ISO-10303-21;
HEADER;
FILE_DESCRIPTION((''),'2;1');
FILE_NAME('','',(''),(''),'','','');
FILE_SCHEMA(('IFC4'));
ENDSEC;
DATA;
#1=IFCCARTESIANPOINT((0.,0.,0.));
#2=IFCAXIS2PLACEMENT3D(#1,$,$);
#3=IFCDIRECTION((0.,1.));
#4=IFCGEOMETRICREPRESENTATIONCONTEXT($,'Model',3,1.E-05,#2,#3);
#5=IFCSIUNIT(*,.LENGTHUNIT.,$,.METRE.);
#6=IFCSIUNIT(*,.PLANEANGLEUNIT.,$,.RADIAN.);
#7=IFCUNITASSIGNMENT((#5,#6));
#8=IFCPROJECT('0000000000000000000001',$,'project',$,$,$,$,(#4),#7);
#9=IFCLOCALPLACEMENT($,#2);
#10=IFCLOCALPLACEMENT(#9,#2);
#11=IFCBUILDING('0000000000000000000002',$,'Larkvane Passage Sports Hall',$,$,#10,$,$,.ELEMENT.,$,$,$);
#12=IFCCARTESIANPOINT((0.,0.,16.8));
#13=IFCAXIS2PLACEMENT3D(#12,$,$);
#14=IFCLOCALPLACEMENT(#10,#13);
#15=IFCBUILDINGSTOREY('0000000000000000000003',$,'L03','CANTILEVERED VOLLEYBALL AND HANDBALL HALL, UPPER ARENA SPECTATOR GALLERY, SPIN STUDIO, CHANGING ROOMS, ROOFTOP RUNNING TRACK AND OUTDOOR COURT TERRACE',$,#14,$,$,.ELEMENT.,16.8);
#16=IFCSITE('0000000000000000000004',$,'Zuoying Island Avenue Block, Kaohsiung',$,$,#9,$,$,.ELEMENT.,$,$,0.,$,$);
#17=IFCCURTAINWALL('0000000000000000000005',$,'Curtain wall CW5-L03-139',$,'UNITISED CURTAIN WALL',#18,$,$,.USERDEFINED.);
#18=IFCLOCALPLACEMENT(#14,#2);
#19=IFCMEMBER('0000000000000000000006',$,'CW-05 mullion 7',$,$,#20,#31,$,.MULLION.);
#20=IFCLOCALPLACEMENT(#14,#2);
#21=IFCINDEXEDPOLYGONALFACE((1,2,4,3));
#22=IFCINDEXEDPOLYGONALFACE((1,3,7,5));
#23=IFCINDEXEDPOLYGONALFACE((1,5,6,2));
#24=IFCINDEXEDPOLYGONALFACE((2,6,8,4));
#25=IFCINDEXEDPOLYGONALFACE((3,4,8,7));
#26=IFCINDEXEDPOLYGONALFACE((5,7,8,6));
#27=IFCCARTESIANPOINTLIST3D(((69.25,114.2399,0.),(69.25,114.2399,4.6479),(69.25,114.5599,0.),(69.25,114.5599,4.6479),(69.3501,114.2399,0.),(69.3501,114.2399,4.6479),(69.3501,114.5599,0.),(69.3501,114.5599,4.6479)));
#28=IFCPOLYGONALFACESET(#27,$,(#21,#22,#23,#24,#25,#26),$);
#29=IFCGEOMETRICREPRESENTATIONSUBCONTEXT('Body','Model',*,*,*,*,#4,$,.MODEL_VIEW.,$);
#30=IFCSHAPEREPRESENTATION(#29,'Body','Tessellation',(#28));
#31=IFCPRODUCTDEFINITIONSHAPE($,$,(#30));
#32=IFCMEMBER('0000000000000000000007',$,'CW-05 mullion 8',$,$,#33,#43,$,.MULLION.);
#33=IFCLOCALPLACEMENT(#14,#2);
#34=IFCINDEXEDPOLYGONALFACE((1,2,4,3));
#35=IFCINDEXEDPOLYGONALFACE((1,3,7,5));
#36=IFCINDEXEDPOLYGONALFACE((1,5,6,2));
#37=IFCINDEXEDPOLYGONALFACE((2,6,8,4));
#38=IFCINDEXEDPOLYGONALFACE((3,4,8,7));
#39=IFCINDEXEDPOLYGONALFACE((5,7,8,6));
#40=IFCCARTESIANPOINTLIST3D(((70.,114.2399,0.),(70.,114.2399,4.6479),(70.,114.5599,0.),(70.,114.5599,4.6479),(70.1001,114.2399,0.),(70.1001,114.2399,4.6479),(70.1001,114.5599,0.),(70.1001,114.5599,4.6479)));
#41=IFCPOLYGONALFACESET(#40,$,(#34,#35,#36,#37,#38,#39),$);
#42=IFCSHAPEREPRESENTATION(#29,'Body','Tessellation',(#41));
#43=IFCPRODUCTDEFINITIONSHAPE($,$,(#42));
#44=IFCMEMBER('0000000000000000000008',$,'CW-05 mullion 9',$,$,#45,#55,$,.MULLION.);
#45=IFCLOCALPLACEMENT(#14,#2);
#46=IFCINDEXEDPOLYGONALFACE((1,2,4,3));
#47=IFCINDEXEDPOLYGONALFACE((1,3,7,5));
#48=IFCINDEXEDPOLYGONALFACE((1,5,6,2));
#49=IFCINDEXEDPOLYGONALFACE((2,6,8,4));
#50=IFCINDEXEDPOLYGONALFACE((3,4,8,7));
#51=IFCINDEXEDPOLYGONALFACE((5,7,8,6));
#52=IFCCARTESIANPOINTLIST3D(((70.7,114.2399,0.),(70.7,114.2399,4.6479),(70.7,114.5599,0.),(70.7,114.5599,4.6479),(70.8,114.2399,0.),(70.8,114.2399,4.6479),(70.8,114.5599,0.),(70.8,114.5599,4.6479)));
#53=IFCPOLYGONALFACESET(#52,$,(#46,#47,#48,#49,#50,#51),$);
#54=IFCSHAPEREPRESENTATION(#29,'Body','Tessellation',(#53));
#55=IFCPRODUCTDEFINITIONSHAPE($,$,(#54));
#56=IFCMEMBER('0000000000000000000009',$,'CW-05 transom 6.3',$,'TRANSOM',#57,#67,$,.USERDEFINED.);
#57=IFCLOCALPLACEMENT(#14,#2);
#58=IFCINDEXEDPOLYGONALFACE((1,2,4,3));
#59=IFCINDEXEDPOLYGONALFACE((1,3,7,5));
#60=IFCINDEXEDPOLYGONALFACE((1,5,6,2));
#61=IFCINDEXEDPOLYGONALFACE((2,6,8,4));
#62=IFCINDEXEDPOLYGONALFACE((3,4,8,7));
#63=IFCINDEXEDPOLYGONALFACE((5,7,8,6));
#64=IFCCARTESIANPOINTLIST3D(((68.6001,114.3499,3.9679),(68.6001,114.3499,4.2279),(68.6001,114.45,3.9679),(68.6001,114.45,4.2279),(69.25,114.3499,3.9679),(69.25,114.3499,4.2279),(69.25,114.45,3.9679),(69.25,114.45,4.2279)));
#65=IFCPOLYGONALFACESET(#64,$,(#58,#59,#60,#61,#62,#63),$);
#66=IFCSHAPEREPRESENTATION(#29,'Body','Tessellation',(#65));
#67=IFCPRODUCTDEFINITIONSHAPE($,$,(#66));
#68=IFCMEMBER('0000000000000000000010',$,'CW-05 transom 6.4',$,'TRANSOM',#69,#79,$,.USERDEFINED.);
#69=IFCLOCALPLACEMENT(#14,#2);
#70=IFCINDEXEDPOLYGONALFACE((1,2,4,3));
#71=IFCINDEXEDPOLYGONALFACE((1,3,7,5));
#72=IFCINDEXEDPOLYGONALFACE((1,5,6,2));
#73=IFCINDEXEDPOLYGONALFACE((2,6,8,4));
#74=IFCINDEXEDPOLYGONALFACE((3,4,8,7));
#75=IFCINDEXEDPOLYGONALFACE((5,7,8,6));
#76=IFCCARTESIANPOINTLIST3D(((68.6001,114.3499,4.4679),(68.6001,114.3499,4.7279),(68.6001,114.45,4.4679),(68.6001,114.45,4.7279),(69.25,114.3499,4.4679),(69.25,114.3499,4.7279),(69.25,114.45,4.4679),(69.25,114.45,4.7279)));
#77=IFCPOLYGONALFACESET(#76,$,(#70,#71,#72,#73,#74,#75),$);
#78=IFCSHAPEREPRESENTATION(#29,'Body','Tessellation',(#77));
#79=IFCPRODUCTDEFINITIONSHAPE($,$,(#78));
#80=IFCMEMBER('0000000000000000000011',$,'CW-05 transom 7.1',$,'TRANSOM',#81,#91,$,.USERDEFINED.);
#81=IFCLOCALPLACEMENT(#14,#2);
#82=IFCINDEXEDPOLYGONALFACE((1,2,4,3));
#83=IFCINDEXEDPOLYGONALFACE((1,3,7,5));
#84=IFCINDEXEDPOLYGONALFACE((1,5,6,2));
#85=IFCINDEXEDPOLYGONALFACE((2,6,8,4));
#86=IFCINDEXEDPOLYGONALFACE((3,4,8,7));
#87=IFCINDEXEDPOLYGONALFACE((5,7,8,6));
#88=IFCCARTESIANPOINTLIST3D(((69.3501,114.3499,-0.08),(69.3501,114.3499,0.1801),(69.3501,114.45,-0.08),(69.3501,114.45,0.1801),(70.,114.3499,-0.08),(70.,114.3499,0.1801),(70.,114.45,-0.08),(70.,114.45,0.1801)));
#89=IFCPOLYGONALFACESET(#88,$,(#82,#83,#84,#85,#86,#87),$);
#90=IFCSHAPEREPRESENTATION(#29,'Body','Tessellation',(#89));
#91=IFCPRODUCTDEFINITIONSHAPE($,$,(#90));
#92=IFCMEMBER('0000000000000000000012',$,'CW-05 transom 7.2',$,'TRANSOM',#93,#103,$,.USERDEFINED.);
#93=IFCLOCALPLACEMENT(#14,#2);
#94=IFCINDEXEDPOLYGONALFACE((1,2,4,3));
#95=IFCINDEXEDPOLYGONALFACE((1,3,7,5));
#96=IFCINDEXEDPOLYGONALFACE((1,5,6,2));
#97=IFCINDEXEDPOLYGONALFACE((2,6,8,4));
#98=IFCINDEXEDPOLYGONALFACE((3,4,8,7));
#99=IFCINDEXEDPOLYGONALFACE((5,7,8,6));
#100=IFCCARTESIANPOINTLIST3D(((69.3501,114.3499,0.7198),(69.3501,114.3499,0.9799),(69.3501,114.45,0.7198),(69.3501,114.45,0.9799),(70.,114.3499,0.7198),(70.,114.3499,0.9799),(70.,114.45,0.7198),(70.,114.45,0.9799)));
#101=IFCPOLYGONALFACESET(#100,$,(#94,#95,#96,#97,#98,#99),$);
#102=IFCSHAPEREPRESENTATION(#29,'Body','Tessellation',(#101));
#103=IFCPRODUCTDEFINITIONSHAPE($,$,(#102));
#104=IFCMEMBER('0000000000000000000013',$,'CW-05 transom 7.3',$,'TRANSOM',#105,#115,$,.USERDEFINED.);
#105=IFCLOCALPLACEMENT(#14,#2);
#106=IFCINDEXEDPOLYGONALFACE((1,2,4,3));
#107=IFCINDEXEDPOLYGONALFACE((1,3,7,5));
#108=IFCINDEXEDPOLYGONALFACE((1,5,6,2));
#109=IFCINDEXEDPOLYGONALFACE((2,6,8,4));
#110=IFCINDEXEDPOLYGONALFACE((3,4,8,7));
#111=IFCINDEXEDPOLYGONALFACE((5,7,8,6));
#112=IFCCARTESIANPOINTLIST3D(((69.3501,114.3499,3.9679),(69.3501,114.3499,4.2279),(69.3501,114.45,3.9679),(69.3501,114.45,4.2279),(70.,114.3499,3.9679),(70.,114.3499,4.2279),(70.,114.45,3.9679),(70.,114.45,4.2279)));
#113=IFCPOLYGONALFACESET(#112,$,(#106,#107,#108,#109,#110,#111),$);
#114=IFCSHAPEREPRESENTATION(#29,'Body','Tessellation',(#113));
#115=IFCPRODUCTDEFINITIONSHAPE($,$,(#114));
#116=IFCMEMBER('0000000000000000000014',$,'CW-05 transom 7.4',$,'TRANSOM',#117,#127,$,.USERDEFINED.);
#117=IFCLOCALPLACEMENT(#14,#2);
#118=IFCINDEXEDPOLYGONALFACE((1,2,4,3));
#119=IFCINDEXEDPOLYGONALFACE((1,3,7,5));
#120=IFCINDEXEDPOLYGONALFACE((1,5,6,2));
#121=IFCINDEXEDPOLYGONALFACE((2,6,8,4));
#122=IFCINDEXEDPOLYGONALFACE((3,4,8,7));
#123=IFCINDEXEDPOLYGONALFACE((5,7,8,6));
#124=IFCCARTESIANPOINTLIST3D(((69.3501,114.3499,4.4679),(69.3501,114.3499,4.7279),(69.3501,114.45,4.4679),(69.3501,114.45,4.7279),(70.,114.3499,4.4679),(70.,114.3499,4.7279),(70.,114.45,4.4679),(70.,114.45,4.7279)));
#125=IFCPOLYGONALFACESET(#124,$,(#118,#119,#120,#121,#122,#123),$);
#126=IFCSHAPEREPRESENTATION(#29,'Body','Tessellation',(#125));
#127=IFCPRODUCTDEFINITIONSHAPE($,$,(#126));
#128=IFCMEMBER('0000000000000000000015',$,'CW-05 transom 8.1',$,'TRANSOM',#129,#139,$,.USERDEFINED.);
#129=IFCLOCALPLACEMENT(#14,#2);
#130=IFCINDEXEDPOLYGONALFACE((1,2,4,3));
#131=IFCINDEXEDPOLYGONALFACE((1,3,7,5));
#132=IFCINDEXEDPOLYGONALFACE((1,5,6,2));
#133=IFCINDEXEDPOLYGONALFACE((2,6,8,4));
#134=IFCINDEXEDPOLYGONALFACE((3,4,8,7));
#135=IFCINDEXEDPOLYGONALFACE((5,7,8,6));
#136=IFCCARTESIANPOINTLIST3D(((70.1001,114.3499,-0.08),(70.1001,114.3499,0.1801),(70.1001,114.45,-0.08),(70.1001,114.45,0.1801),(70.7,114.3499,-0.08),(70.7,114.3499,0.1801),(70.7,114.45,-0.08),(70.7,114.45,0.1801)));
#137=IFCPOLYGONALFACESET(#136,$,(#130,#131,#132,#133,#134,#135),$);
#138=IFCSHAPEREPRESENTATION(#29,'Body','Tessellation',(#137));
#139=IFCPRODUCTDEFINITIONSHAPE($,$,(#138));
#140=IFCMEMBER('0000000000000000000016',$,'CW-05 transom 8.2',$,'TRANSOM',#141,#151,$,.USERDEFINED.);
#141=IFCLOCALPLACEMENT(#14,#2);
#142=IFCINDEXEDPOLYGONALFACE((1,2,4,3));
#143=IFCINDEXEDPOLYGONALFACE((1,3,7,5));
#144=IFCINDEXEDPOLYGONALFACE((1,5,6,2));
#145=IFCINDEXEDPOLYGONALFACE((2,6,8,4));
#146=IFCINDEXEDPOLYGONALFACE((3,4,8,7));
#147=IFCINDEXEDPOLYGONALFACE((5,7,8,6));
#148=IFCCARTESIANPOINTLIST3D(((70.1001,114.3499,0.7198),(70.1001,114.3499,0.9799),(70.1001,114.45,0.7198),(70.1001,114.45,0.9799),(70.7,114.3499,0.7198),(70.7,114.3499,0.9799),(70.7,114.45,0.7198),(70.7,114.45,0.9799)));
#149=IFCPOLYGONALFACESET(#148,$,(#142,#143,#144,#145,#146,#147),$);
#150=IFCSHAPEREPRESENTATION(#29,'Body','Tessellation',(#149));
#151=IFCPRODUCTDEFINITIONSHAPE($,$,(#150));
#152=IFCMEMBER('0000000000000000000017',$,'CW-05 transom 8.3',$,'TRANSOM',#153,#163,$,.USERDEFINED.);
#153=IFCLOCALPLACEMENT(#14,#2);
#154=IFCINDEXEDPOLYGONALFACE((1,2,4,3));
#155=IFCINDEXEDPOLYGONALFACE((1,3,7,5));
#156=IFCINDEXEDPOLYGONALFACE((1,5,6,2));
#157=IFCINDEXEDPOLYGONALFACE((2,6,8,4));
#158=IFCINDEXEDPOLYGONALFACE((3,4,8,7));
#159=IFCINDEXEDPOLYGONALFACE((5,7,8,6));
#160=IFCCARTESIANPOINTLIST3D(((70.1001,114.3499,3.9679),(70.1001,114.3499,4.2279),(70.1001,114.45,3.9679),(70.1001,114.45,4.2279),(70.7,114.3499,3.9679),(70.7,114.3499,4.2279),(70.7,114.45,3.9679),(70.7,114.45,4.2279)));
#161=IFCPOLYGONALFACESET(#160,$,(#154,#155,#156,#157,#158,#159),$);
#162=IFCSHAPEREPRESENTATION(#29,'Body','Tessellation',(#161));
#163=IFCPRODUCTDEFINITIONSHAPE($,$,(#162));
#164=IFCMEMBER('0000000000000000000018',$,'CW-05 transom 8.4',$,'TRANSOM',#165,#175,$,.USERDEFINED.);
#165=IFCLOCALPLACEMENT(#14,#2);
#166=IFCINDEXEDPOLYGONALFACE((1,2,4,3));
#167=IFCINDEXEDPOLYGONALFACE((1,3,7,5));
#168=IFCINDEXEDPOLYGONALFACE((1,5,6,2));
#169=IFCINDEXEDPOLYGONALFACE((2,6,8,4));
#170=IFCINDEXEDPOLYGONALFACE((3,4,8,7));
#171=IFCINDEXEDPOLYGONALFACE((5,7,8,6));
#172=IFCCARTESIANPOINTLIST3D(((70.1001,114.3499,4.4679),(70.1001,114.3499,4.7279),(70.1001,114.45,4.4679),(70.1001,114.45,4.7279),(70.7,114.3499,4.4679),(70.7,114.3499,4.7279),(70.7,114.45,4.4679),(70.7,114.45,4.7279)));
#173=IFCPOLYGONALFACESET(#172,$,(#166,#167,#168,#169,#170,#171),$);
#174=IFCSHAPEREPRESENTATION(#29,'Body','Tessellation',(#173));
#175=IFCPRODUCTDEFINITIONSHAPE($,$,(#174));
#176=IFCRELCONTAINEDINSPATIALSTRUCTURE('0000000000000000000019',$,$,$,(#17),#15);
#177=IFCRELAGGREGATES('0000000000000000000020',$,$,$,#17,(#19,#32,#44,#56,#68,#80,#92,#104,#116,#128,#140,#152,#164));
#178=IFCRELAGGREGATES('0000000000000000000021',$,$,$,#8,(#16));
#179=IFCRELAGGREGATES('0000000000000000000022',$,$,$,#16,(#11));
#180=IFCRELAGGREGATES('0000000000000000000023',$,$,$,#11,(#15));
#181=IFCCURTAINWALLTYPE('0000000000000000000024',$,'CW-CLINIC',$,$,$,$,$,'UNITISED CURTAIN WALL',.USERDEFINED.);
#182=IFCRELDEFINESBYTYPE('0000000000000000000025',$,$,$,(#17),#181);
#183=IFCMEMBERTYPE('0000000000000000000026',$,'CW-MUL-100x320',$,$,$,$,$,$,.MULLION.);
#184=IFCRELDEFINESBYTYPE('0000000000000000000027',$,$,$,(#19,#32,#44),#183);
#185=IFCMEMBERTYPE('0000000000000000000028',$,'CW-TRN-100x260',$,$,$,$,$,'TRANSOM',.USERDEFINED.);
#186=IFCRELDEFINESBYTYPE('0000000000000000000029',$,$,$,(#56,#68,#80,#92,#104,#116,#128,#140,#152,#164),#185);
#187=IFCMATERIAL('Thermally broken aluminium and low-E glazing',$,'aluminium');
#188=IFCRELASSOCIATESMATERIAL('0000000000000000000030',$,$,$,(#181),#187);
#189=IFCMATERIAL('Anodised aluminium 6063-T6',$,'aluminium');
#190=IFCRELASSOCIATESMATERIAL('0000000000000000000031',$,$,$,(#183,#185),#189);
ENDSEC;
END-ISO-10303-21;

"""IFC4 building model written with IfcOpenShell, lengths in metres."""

from ifc_helpers import new_model, si_unit, direction, frame, origin, origin_2d, place, context, subcontext, project, spatial, rectangle, extrude, material, material_profile, profile_set, type_object, element, aggregate, save


model = new_model("IFC4")

# Units and contexts
model_context = context("Model", 3, precision=1e-05, world=origin(), true_north=direction((0.0, 1.0)))
body_context = subcontext(model_context, "Body", "Model", "MODEL_VIEW")
ifc_project = project(units=[si_unit("LENGTHUNIT", "METRE"), si_unit("PLANEANGLEUNIT", "RADIAN")], contexts=[model_context])

# Site, building, storey
site_placement = place(None, origin())
site = spatial("IfcSite", under=ifc_project, at=site_placement, Name="Zuoying Island Avenue Block, Kaohsiung", CompositionType="ELEMENT", RefElevation=0.0)
building_placement = place(site_placement, origin())
building = spatial("IfcBuilding", under=site, at=building_placement, Name="Larkvane Passage Sports Hall", CompositionType="ELEMENT")
storey_placement = place(building_placement, frame((0.0, 0.0, 16.8)))
storey = spatial("IfcBuildingStorey", under=building, at=storey_placement, Name="L03", Description="CANTILEVERED VOLLEYBALL AND HANDBALL HALL, UPPER ARENA SPECTATOR GALLERY, SPIN STUDIO, CHANGING ROOMS, ROOFTOP RUNNING TRACK AND OUTDOOR COURT TERRACE", CompositionType="ELEMENT", Elevation=16.8)

# Curtain wall, members
ifc_material_1 = material(Name="Thermally broken aluminium and low-E glazing", Category="aluminium")
curtain_wall_type = type_object("IfcCurtainWallType", Name="CW-CLINIC", ElementType="UNITISED CURTAIN WALL", PredefinedType="USERDEFINED", material=ifc_material_1)
curtain_wall_placement = place(storey_placement, origin())
curtain_wall = element("IfcCurtainWall", 1, at=curtain_wall_placement, inside=storey, type_object=curtain_wall_type, Name="Curtain wall CW5-L03-139", ObjectType="UNITISED CURTAIN WALL", PredefinedType="USERDEFINED")
ifc_material_2 = material(Name="Anodised aluminium 6063-T6", Category="aluminium")
ifc_material_profile_1 = material_profile(ifc_material_2, rectangle(XDim=0.1001, YDim=0.3201, at=origin_2d()), Name="ALU-MUL-100x320")
ifc_profile_set_1 = profile_set([ifc_material_profile_1], Name="Anodised aluminium 6063-T6")
member_type_1 = type_object("IfcMemberType", Name="CW-MUL-100x320", PredefinedType="MULLION", material=ifc_profile_set_1)
member_1_placement = place(storey_placement, frame((69.3, 114.3999, 0.0), z_axis=(0.0, 0.0, 1.0), x_axis=(1.0, 0.0, 0.0)))
member_1 = element("IfcMember", 2, at=member_1_placement, type_object=member_type_1, Name="CW-05 mullion 7", PredefinedType="MULLION", context=body_context, shape_type="SweptSolid", body=[
    extrude(rectangle(XDim=0.1001, YDim=0.3201, at=origin_2d()), origin(), (0.0, 0.0, 1.0), 4.6479),
])
member_2_placement = place(storey_placement, frame((70.05, 114.3999, 0.0), z_axis=(0.0, 0.0, 1.0), x_axis=(1.0, 0.0, 0.0)))
member_2 = element("IfcMember", 3, at=member_2_placement, type_object=member_type_1, Name="CW-05 mullion 8", PredefinedType="MULLION", context=body_context, shape_type="SweptSolid", body=[
    extrude(rectangle(XDim=0.1001, YDim=0.3201, at=origin_2d()), origin(), (0.0, 0.0, 1.0), 4.6479),
])
member_3_placement = place(storey_placement, frame((70.75, 114.3999, 0.0), z_axis=(0.0, 0.0, 1.0), x_axis=(1.0, 0.0, 0.0)))
member_3 = element("IfcMember", 4, at=member_3_placement, type_object=member_type_1, Name="CW-05 mullion 9", PredefinedType="MULLION", context=body_context, shape_type="SweptSolid", body=[
    extrude(rectangle(XDim=0.1001, YDim=0.3201, at=origin_2d()), origin(), (0.0, 0.0, 1.0), 4.6479),
])
ifc_material_profile_2 = material_profile(ifc_material_2, rectangle(XDim=0.1001, YDim=0.26, at=origin_2d()), Name="ALU-TRN-100x260")
ifc_profile_set_2 = profile_set([ifc_material_profile_2], Name="Anodised aluminium 6063-T6")
member_type_2 = type_object("IfcMemberType", Name="CW-TRN-100x260", ElementType="TRANSOM", PredefinedType="USERDEFINED", material=ifc_profile_set_2)
member_4_placement = place(storey_placement, frame((68.6001, 114.3999, 4.0979), z_axis=(1.0, 0.0, 0.0), x_axis=(0.0, 1.0, 0.0)))
member_4 = element("IfcMember", 5, at=member_4_placement, type_object=member_type_2, Name="CW-05 transom 6.3", ObjectType="TRANSOM", PredefinedType="USERDEFINED", context=body_context, shape_type="SweptSolid", body=[
    extrude(rectangle(XDim=0.1001, YDim=0.26, at=origin_2d()), origin(), (0.0, 0.0, 1.0), 0.6499),
])
member_5_placement = place(storey_placement, frame((68.6001, 114.3999, 4.5979), z_axis=(1.0, 0.0, 0.0), x_axis=(0.0, 1.0, 0.0)))
member_5 = element("IfcMember", 6, at=member_5_placement, type_object=member_type_2, Name="CW-05 transom 6.4", ObjectType="TRANSOM", PredefinedType="USERDEFINED", context=body_context, shape_type="SweptSolid", body=[
    extrude(rectangle(XDim=0.1001, YDim=0.26, at=origin_2d()), origin(), (0.0, 0.0, 1.0), 0.6499),
])
member_6_placement = place(storey_placement, frame((69.3501, 114.3999, 0.05), z_axis=(1.0, 0.0, 0.0), x_axis=(0.0, 1.0, 0.0)))
member_6 = element("IfcMember", 7, at=member_6_placement, type_object=member_type_2, Name="CW-05 transom 7.1", ObjectType="TRANSOM", PredefinedType="USERDEFINED", context=body_context, shape_type="SweptSolid", body=[
    extrude(rectangle(XDim=0.1001, YDim=0.26, at=origin_2d()), origin(), (0.0, 0.0, 1.0), 0.6499),
])
member_7_placement = place(storey_placement, frame((69.3501, 114.3999, 0.8499), z_axis=(1.0, 0.0, 0.0), x_axis=(0.0, 1.0, 0.0)))
member_7 = element("IfcMember", 8, at=member_7_placement, type_object=member_type_2, Name="CW-05 transom 7.2", ObjectType="TRANSOM", PredefinedType="USERDEFINED", context=body_context, shape_type="SweptSolid", body=[
    extrude(rectangle(XDim=0.1001, YDim=0.26, at=origin_2d()), origin(), (0.0, 0.0, 1.0), 0.6499),
])
member_8_placement = place(storey_placement, frame((69.3501, 114.3999, 4.0979), z_axis=(1.0, 0.0, 0.0), x_axis=(0.0, 1.0, 0.0)))
member_8 = element("IfcMember", 9, at=member_8_placement, type_object=member_type_2, Name="CW-05 transom 7.3", ObjectType="TRANSOM", PredefinedType="USERDEFINED", context=body_context, shape_type="SweptSolid", body=[
    extrude(rectangle(XDim=0.1001, YDim=0.26, at=origin_2d()), origin(), (0.0, 0.0, 1.0), 0.6499),
])
member_9_placement = place(storey_placement, frame((69.3501, 114.3999, 4.5979), z_axis=(1.0, 0.0, 0.0), x_axis=(0.0, 1.0, 0.0)))
member_9 = element("IfcMember", 10, at=member_9_placement, type_object=member_type_2, Name="CW-05 transom 7.4", ObjectType="TRANSOM", PredefinedType="USERDEFINED", context=body_context, shape_type="SweptSolid", body=[
    extrude(rectangle(XDim=0.1001, YDim=0.26, at=origin_2d()), origin(), (0.0, 0.0, 1.0), 0.6499),
])
member_10_placement = place(storey_placement, frame((70.1001, 114.3999, 0.05), z_axis=(1.0, 0.0, 0.0), x_axis=(0.0, 1.0, 0.0)))
member_10 = element("IfcMember", 11, at=member_10_placement, type_object=member_type_2, Name="CW-05 transom 8.1", ObjectType="TRANSOM", PredefinedType="USERDEFINED", context=body_context, shape_type="SweptSolid", body=[
    extrude(rectangle(XDim=0.1001, YDim=0.26, at=origin_2d()), origin(), (0.0, 0.0, 1.0), 0.5999),
])
member_11_placement = place(storey_placement, frame((70.1001, 114.3999, 0.8499), z_axis=(1.0, 0.0, 0.0), x_axis=(0.0, 1.0, 0.0)))
member_11 = element("IfcMember", 12, at=member_11_placement, type_object=member_type_2, Name="CW-05 transom 8.2", ObjectType="TRANSOM", PredefinedType="USERDEFINED", context=body_context, shape_type="SweptSolid", body=[
    extrude(rectangle(XDim=0.1001, YDim=0.26, at=origin_2d()), origin(), (0.0, 0.0, 1.0), 0.5999),
])
member_12_placement = place(storey_placement, frame((70.1001, 114.3999, 4.0979), z_axis=(1.0, 0.0, 0.0), x_axis=(0.0, 1.0, 0.0)))
member_12 = element("IfcMember", 13, at=member_12_placement, type_object=member_type_2, Name="CW-05 transom 8.3", ObjectType="TRANSOM", PredefinedType="USERDEFINED", context=body_context, shape_type="SweptSolid", body=[
    extrude(rectangle(XDim=0.1001, YDim=0.26, at=origin_2d()), origin(), (0.0, 0.0, 1.0), 0.5999),
])
member_13_placement = place(storey_placement, frame((70.1001, 114.3999, 4.5979), z_axis=(1.0, 0.0, 0.0), x_axis=(0.0, 1.0, 0.0)))
member_13 = element("IfcMember", 14, at=member_13_placement, type_object=member_type_2, Name="CW-05 transom 8.4", ObjectType="TRANSOM", PredefinedType="USERDEFINED", context=body_context, shape_type="SweptSolid", body=[
    extrude(rectangle(XDim=0.1001, YDim=0.26, at=origin_2d()), origin(), (0.0, 0.0, 1.0), 0.5999),
])

aggregate(curtain_wall, [member_1, member_2, member_3, member_4, member_5, member_6, member_7, member_8, member_9, member_10, member_11, member_12, member_13])

save(model, "model.ifc")
